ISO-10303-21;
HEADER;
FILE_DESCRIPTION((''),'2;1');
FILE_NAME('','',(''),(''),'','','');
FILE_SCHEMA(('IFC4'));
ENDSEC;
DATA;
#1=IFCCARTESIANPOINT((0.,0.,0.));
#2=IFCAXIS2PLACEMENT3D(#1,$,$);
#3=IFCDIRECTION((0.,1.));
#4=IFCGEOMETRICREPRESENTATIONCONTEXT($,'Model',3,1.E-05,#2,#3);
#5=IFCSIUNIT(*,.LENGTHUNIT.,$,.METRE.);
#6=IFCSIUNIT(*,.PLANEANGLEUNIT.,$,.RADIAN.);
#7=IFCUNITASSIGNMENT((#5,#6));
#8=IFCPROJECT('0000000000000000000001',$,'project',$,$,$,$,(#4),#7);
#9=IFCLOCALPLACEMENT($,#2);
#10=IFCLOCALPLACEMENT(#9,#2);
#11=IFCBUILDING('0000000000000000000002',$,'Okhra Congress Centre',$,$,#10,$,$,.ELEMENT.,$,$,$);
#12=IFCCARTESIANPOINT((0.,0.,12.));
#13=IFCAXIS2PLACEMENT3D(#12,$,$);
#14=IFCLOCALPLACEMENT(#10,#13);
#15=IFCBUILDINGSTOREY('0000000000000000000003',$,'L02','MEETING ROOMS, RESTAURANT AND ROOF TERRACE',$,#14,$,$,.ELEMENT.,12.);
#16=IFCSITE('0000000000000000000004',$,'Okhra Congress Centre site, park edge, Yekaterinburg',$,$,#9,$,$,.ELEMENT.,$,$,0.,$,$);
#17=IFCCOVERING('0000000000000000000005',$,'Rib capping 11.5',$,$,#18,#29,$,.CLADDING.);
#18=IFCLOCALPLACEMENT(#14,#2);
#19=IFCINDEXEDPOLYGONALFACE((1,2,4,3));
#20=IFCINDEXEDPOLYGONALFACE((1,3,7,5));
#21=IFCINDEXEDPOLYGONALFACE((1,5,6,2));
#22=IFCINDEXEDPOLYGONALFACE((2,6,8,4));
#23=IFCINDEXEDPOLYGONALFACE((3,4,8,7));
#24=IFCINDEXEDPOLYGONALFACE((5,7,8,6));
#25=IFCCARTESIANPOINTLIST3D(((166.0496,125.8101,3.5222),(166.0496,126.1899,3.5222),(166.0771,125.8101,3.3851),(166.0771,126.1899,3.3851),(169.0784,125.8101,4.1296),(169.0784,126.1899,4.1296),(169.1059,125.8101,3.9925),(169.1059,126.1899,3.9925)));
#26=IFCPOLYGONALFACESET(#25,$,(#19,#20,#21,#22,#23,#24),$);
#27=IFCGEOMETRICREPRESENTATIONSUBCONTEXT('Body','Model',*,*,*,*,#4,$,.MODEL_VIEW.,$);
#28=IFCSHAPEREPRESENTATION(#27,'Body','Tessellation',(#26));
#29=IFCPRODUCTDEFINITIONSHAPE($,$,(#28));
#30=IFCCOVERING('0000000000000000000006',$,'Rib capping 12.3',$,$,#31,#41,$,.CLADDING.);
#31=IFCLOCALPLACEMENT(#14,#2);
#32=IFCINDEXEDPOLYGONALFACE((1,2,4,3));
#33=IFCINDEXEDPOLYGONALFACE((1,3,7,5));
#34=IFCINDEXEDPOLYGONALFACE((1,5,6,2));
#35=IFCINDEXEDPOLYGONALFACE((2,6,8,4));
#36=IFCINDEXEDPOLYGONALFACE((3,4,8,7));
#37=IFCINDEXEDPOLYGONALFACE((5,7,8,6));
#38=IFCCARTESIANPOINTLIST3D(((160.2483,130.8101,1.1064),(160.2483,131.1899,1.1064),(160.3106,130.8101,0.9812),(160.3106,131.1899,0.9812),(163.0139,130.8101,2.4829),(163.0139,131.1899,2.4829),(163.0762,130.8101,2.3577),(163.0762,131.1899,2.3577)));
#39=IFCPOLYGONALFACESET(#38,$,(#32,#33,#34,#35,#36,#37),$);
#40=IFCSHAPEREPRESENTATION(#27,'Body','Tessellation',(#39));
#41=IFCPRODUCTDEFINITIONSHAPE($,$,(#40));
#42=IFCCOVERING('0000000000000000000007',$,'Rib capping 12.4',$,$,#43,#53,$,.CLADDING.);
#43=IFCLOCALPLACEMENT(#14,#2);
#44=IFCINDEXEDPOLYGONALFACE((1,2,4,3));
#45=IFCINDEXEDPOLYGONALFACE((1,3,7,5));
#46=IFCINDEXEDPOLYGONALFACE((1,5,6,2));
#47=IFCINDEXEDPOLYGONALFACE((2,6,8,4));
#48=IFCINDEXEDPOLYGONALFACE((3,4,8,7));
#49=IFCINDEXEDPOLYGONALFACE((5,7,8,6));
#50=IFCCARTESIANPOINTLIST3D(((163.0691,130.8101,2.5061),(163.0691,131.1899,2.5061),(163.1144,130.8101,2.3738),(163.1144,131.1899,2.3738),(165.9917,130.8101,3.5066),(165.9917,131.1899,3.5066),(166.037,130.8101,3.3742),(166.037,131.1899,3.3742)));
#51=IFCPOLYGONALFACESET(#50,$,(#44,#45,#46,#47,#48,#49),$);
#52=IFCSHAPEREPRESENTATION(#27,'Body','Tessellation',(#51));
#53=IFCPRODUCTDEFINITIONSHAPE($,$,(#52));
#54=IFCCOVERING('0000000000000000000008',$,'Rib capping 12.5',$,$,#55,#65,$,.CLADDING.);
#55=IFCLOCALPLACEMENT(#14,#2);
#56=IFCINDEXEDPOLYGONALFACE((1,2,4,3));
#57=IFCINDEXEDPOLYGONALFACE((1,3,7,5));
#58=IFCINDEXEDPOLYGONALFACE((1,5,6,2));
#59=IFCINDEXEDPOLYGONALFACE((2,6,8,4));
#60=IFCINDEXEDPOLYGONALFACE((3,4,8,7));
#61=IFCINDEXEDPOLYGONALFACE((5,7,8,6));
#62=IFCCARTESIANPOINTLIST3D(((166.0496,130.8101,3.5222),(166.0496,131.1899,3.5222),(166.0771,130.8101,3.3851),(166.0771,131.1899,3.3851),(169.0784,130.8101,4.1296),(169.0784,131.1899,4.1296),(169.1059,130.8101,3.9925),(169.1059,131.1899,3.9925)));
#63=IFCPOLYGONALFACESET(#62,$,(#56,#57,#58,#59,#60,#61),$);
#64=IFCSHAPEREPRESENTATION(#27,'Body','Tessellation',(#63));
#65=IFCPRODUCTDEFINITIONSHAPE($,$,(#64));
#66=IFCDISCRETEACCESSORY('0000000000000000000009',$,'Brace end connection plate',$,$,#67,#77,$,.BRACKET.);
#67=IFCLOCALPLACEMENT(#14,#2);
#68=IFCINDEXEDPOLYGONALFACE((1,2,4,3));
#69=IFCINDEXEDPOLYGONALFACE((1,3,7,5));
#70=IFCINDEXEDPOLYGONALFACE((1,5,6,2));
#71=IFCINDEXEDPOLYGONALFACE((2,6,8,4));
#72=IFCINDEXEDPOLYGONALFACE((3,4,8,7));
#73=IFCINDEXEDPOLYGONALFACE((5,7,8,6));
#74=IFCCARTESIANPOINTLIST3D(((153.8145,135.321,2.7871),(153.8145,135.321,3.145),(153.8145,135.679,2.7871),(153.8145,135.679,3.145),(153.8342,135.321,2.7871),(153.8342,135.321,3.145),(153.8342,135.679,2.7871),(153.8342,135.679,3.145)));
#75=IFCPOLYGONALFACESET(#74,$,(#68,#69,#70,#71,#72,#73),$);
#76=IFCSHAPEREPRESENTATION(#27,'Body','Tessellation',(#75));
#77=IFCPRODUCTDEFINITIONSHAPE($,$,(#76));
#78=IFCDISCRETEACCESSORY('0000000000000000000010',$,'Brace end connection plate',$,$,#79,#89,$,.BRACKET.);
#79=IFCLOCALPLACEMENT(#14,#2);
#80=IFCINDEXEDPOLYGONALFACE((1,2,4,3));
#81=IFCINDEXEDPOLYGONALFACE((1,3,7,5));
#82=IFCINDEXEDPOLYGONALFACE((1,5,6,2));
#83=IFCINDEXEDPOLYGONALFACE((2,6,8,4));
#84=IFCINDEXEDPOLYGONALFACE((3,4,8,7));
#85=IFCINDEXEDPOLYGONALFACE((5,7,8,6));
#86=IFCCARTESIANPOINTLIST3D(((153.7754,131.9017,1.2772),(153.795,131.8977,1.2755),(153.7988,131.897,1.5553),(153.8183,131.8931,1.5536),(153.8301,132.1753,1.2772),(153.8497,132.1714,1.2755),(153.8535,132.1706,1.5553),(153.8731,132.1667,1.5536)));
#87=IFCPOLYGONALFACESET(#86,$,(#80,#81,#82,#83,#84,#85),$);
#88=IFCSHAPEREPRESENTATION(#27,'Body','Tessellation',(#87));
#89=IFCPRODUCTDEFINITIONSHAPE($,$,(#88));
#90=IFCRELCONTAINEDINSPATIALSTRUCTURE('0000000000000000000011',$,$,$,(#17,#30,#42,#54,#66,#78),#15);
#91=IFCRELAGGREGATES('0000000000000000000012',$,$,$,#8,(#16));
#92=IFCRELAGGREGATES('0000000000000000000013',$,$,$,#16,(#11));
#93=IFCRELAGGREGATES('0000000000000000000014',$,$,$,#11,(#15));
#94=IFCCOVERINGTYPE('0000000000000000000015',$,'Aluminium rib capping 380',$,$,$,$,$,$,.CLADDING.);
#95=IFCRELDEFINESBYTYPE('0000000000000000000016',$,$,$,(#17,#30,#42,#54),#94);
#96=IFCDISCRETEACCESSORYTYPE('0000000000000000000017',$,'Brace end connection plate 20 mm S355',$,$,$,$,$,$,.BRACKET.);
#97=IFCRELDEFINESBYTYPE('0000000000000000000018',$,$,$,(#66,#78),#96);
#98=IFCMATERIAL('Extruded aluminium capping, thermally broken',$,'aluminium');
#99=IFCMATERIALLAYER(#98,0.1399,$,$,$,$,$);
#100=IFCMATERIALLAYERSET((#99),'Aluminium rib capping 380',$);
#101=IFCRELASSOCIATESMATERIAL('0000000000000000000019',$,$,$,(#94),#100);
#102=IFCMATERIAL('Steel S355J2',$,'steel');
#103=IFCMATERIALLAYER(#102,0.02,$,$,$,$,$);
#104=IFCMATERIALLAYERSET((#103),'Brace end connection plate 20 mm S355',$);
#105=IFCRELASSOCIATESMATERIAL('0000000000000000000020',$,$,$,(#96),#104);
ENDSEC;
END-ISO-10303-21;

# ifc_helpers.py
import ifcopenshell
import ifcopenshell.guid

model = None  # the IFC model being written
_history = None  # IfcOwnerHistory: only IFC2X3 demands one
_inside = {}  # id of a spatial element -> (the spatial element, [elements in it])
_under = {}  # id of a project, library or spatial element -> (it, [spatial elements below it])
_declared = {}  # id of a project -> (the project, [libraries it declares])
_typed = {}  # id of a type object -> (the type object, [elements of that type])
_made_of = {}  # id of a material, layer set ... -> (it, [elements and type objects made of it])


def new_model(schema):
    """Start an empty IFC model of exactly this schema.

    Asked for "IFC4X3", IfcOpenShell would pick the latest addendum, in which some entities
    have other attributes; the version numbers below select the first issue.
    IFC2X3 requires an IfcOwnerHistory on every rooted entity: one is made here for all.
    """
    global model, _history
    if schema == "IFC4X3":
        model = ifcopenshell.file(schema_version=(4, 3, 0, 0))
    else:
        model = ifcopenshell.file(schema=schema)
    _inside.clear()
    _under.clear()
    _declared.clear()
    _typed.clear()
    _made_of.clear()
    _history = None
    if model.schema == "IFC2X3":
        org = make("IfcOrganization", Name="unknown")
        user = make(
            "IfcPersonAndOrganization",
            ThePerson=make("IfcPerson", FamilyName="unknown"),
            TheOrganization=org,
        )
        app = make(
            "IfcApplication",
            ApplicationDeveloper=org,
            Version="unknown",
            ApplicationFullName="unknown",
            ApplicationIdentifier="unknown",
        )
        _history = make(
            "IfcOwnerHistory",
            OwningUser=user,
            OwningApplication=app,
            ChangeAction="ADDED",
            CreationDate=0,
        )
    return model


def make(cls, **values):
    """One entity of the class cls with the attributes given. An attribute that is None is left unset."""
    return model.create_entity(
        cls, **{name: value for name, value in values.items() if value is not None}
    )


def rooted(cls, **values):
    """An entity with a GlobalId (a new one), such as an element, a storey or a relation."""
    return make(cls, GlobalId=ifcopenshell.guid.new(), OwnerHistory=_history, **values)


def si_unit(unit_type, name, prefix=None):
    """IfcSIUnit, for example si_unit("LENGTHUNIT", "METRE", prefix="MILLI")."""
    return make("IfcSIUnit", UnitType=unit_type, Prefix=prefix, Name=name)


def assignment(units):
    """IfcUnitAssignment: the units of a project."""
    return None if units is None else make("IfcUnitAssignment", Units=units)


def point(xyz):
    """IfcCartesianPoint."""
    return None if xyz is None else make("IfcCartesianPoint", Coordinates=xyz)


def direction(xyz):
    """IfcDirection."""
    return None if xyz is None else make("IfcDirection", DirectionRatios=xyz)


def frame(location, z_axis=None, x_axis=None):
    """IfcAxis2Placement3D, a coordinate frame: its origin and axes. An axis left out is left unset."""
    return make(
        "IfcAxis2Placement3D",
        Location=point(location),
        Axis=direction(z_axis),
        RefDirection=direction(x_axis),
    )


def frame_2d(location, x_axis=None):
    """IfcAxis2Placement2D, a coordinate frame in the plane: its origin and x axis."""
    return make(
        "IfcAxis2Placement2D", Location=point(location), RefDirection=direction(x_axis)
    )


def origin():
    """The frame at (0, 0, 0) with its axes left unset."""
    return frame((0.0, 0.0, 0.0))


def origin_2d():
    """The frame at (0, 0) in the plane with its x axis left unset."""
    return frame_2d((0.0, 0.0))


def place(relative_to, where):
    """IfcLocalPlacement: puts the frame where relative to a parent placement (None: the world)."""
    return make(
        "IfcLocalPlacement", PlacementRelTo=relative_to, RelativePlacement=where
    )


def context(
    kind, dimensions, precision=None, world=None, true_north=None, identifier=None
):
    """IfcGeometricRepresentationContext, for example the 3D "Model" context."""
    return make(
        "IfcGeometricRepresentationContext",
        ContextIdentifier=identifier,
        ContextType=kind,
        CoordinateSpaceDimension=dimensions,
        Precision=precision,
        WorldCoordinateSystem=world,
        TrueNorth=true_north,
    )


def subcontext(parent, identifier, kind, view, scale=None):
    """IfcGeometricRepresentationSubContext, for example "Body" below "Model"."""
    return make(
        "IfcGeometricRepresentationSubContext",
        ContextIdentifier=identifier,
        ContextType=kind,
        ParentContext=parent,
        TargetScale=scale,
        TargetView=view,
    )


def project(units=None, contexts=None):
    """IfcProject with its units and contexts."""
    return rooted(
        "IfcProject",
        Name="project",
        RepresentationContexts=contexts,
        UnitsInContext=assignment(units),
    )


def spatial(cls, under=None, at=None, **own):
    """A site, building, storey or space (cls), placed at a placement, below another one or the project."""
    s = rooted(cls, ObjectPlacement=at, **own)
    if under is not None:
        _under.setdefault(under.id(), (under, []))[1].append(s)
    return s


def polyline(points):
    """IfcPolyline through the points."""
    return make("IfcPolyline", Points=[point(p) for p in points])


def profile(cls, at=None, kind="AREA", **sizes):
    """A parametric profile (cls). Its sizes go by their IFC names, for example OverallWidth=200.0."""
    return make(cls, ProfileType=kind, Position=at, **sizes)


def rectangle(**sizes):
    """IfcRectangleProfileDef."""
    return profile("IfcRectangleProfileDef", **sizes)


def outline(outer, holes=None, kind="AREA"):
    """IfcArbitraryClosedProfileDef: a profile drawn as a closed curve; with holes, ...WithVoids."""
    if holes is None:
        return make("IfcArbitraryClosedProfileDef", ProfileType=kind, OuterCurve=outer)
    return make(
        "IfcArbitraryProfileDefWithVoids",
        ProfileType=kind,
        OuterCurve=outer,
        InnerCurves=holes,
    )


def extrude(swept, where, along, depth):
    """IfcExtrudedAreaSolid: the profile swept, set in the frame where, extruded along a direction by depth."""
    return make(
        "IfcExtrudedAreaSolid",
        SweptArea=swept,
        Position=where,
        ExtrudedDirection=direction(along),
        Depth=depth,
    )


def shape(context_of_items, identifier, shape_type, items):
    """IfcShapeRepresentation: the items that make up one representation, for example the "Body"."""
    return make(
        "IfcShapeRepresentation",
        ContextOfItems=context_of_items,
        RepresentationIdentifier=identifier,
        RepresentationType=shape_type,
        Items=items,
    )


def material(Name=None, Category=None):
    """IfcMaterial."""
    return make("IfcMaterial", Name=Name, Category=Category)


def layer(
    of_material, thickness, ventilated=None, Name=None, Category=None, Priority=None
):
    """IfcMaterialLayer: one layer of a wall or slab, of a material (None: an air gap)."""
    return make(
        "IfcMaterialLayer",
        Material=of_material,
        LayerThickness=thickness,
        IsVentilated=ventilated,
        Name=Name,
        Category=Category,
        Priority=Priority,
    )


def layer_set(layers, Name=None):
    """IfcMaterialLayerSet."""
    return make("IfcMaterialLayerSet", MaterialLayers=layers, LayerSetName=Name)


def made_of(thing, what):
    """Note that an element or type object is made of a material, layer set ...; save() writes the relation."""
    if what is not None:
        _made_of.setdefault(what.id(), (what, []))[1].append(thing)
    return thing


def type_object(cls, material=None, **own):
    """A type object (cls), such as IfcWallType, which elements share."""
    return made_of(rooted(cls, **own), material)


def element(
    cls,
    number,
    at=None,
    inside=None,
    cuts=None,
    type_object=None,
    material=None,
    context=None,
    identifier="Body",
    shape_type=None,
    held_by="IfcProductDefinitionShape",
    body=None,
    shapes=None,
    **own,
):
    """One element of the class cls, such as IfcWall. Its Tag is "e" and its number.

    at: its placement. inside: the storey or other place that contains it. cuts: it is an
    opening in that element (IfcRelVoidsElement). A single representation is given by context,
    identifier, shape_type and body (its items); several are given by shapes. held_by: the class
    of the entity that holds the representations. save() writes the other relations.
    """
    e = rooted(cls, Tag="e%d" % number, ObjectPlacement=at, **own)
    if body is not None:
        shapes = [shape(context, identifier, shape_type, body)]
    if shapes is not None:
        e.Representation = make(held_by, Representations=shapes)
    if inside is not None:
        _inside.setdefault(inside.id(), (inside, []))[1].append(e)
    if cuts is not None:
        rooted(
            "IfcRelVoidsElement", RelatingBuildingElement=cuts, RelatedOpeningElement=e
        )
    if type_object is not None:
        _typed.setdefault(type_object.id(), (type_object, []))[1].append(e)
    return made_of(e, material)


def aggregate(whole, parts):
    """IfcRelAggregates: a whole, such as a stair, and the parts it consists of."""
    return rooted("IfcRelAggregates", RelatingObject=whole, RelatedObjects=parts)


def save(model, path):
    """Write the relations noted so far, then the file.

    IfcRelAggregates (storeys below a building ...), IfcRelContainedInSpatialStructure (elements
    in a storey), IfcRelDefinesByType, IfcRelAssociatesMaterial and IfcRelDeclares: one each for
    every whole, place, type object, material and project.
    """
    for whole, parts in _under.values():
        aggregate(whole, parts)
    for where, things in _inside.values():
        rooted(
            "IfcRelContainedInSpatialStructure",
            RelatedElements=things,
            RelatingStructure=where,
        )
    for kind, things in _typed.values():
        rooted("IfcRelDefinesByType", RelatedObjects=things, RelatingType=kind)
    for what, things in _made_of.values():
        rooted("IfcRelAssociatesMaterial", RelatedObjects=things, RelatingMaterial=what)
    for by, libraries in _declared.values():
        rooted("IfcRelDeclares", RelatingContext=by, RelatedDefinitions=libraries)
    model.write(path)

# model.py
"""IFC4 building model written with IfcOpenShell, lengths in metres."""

from ifc_helpers import new_model, si_unit, direction, frame, origin, origin_2d, place, context, subcontext, project, spatial, polyline, rectangle, outline, extrude, material, layer, layer_set, type_object, element, save


model = new_model("IFC4")

# Units and contexts
model_context = context("Model", 3, precision=1e-05, world=origin(), true_north=direction((0.0, 1.0)))
body_context = subcontext(model_context, "Body", "Model", "MODEL_VIEW")
ifc_project = project(units=[si_unit("LENGTHUNIT", "METRE"), si_unit("PLANEANGLEUNIT", "RADIAN")], contexts=[model_context])

# Site, building, storey
site_placement = place(None, origin())
site = spatial("IfcSite", under=ifc_project, at=site_placement, Name="Okhra Congress Centre site, park edge, Yekaterinburg", CompositionType="ELEMENT", RefElevation=0.0)
building_placement = place(site_placement, origin())
building = spatial("IfcBuilding", under=site, at=building_placement, Name="Okhra Congress Centre", CompositionType="ELEMENT")
storey_placement = place(building_placement, frame((0.0, 0.0, 12.0)))
storey = spatial("IfcBuildingStorey", under=building, at=storey_placement, Name="L02", Description="MEETING ROOMS, RESTAURANT AND ROOF TERRACE", CompositionType="ELEMENT", Elevation=12.0)

# Shared definitions
ifc_material_1 = material(Name="Steel S355J2", Category="steel")

# Coverings
ifc_material_2 = material(Name="Extruded aluminium capping, thermally broken", Category="aluminium")
ifc_layer_1 = layer(ifc_material_2, 0.1399)
ifc_layer_set_1 = layer_set([ifc_layer_1], Name="Aluminium rib capping 380")
covering_type = type_object("IfcCoveringType", Name="Aluminium rib capping 380", PredefinedType="CLADDING", material=ifc_layer_set_1)
covering_1_placement = place(storey_placement, frame((166.0496, 125.8101, 3.5222), z_axis=(-0.196633, 0.0, 0.980477), x_axis=(0.980477, 0.0, 0.196633)))
element("IfcCovering", 1, at=covering_1_placement, inside=storey, type_object=covering_type, Name="Rib capping 11.5", PredefinedType="CLADDING", context=body_context, shape_type="SweptSolid", body=[
    extrude(outline(polyline([(0.0, 0.0), (3.0891, 0.0), (3.0891, 0.3799), (0.0, 0.3799), (0.0, 0.0)])), origin(), (0.0, 0.0, -1.0), 0.1399),
])
covering_2_placement = place(storey_placement, frame((160.2483, 130.8101, 1.1064), z_axis=(-0.445569, 0.0, 0.895248), x_axis=(0.895248, 0.0, 0.445569)))
element("IfcCovering", 2, at=covering_2_placement, inside=storey, type_object=covering_type, Name="Rib capping 12.3", PredefinedType="CLADDING", context=body_context, shape_type="SweptSolid", body=[
    extrude(outline(polyline([(0.0, 0.0), (3.0892, 0.0), (3.0892, 0.3799), (0.0, 0.3799), (0.0, 0.0)])), origin(), (0.0, 0.0, -1.0), 0.1399),
])
covering_3_placement = place(storey_placement, frame((163.0691, 130.8101, 2.5061), z_axis=(-0.323876, 0.0, 0.9461), x_axis=(0.9461, 0.0, 0.323876)))
element("IfcCovering", 3, at=covering_3_placement, inside=storey, type_object=covering_type, Name="Rib capping 12.4", PredefinedType="CLADDING", context=body_context, shape_type="SweptSolid", body=[
    extrude(outline(polyline([(0.0, 0.0), (3.0891, 0.0), (3.0891, 0.3799), (0.0, 0.3799), (0.0, 0.0)])), origin(), (0.0, 0.0, -1.0), 0.1399),
])
covering_4_placement = place(storey_placement, frame((166.0496, 130.8101, 3.5222), z_axis=(-0.196633, 0.0, 0.980477), x_axis=(0.980477, 0.0, 0.196633)))
element("IfcCovering", 4, at=covering_4_placement, inside=storey, type_object=covering_type, Name="Rib capping 12.5", PredefinedType="CLADDING", context=body_context, shape_type="SweptSolid", body=[
    extrude(outline(polyline([(0.0, 0.0), (3.0891, 0.0), (3.0891, 0.3799), (0.0, 0.3799), (0.0, 0.0)])), origin(), (0.0, 0.0, -1.0), 0.1399),
])

# Discrete accessories
ifc_layer_2 = layer(ifc_material_1, 0.02)
ifc_layer_set_2 = layer_set([ifc_layer_2], Name="Brace end connection plate 20 mm S355")
discrete_accessory_type = type_object("IfcDiscreteAccessoryType", Name="Brace end connection plate 20 mm S355", PredefinedType="BRACKET", material=ifc_layer_set_2)
discrete_accessory_1_placement = place(storey_placement, frame((153.8145, 135.5, 2.9661), z_axis=(1.0, 0.0, 0.0), x_axis=(0.0, 1.0, 0.0)))
element("IfcDiscreteAccessory", 5, at=discrete_accessory_1_placement, inside=storey, type_object=discrete_accessory_type, Name="Brace end connection plate", PredefinedType="BRACKET", context=body_context, shape_type="SweptSolid", body=[
    extrude(rectangle(XDim=0.3579, YDim=0.3579, at=origin_2d()), origin(), (0.0, 0.0, 1.0), 0.0198),
])
discrete_accessory_2_placement = place(storey_placement, frame((153.8145, 132.0361, 1.4163), z_axis=(0.976991, -0.195398, -0.085487), x_axis=(0.196116, 0.980581, 0.0)))
element("IfcDiscreteAccessory", 6, at=discrete_accessory_2_placement, inside=storey, type_object=discrete_accessory_type, Name="Brace end connection plate", PredefinedType="BRACKET", context=body_context, shape_type="SweptSolid", body=[
    extrude(rectangle(XDim=0.2791, YDim=0.2791, at=origin_2d()), origin(), (0.0, 0.0, 1.0), 0.02),
])

save(model, "model.ifc")
